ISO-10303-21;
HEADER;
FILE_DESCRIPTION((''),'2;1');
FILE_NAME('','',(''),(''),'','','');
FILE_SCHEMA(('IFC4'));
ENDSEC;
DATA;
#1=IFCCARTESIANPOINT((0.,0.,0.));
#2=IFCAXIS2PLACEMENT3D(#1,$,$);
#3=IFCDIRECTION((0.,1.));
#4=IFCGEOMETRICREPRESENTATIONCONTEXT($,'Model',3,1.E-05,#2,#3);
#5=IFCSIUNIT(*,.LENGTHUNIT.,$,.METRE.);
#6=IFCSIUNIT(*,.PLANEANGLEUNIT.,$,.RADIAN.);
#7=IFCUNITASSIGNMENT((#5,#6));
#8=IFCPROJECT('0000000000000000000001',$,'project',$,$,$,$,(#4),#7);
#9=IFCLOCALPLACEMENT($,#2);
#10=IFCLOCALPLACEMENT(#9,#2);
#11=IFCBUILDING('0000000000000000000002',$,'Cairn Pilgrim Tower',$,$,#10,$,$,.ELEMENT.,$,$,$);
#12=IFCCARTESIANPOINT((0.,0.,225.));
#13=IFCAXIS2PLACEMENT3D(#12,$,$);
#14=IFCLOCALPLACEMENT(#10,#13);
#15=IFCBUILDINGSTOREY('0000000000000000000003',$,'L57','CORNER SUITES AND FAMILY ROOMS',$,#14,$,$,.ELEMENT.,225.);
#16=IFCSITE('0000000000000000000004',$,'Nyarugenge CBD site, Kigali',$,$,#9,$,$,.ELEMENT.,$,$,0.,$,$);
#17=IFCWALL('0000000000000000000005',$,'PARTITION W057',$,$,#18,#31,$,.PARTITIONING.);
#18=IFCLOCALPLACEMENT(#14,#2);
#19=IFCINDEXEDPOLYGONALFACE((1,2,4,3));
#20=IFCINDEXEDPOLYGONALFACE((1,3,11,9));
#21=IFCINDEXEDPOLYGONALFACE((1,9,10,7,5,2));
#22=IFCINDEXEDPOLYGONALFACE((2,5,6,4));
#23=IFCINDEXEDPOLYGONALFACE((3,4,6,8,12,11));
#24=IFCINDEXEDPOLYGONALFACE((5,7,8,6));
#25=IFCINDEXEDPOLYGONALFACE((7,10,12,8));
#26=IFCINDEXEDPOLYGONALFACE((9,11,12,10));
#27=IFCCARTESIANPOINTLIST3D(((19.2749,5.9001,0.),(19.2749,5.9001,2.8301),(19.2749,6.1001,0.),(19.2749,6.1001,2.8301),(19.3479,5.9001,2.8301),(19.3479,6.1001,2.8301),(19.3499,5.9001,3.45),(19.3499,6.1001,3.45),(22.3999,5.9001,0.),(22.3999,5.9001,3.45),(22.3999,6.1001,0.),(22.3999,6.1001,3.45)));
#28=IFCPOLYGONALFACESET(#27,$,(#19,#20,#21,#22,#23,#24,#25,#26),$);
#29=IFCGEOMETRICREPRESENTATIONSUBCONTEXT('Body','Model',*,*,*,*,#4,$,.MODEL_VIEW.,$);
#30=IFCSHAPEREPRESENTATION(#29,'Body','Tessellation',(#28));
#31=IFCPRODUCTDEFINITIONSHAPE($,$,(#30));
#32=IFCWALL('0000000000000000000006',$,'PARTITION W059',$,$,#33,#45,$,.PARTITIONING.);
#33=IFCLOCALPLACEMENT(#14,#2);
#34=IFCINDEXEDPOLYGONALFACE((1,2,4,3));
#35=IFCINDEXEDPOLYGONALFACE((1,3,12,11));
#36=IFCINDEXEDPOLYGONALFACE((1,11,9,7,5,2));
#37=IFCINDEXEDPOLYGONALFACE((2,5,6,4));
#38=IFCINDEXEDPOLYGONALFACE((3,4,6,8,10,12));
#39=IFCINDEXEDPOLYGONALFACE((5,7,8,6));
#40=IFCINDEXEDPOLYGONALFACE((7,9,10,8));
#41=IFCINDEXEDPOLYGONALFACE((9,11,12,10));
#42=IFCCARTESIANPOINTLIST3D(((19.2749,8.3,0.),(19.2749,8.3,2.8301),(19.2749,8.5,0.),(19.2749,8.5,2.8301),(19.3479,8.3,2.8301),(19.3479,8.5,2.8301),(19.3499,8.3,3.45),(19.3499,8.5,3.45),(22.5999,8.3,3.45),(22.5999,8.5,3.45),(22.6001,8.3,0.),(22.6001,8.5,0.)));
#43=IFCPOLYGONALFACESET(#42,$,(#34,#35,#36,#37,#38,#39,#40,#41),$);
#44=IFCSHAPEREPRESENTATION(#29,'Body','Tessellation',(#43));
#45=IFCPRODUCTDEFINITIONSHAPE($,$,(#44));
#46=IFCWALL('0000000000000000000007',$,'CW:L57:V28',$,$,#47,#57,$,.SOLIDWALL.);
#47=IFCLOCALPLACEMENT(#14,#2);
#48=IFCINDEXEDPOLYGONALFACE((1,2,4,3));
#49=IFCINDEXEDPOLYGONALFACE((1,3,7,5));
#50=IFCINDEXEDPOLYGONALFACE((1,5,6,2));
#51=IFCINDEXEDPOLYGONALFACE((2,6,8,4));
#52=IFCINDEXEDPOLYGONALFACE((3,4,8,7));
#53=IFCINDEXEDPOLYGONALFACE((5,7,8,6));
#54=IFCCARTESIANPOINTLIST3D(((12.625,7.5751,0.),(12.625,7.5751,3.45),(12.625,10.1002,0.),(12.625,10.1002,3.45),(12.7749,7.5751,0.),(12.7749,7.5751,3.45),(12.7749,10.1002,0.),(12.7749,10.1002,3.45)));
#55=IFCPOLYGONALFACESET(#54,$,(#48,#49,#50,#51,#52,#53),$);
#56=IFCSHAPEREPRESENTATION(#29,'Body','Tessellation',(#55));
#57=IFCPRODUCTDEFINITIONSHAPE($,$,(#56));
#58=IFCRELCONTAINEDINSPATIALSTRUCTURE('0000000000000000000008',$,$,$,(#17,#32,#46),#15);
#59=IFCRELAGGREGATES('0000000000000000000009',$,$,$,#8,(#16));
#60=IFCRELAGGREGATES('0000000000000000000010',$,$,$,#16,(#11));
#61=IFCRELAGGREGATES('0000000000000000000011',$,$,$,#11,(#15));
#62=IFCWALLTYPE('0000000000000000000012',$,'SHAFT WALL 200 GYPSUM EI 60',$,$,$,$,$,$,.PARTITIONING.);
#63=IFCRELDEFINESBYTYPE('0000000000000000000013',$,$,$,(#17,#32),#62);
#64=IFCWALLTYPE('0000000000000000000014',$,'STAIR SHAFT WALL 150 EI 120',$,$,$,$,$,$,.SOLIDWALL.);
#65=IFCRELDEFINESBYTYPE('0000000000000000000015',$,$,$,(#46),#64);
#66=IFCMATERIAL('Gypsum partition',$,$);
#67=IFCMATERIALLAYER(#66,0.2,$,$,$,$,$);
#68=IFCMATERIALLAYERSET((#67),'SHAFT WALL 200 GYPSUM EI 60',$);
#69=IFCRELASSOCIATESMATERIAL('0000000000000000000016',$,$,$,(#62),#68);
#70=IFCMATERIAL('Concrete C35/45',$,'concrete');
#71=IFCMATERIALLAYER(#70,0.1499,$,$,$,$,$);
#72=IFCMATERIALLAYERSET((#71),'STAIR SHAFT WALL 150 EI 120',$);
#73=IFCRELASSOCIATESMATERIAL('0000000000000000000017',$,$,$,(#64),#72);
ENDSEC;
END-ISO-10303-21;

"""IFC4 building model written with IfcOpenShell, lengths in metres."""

from ifc_helpers import new_model, si_unit, direction, frame, frame_2d, origin, place, context, subcontext, project, spatial, polyline, rectangle, outline, extrude, material, layer, layer_set, type_object, element, save


model = new_model("IFC4")

# Units and contexts
model_context = context("Model", 3, precision=1e-05, world=origin(), true_north=direction((0.0, 1.0)))
body_context = subcontext(model_context, "Body", "Model", "MODEL_VIEW")
ifc_project = project(units=[si_unit("LENGTHUNIT", "METRE"), si_unit("PLANEANGLEUNIT", "RADIAN")], contexts=[model_context])

# Site, building, storey
site_placement = place(None, origin())
site = spatial("IfcSite", under=ifc_project, at=site_placement, Name="Nyarugenge CBD site, Kigali", CompositionType="ELEMENT", RefElevation=0.0)
building_placement = place(site_placement, origin())
building = spatial("IfcBuilding", under=site, at=building_placement, Name="Cairn Pilgrim Tower", CompositionType="ELEMENT")
storey_placement = place(building_placement, frame((0.0, 0.0, 225.0)))
storey = spatial("IfcBuildingStorey", under=building, at=storey_placement, Name="L57", Description="CORNER SUITES AND FAMILY ROOMS", CompositionType="ELEMENT", Elevation=225.0)

# Shared definitions
ifc_material_1 = material(Name="Gypsum partition")

# Walls
ifc_layer_1 = layer(ifc_material_1, 0.2)
ifc_layer_set_1 = layer_set([ifc_layer_1], Name="SHAFT WALL 200 GYPSUM EI 60")
wall_type_1 = type_object("IfcWallType", Name="SHAFT WALL 200 GYPSUM EI 60", PredefinedType="PARTITIONING", material=ifc_layer_set_1)
wall_1_placement = place(storey_placement, frame((19.2749, 6.0, 0.0), z_axis=(0.0, 0.0, 1.0), x_axis=(1.0, 0.0, 0.0)))
element("IfcWall", 1, at=wall_1_placement, inside=storey, type_object=wall_type_1, Name="PARTITION W057", PredefinedType="PARTITIONING", context=body_context, shape_type="SweptSolid", body=[
    extrude(outline(polyline([(0.0, 0.0), (3.125, 0.0), (3.125, 3.45), (0.075, 3.45), (0.073, 2.8301), (0.0, 2.8301), (0.0, 0.0)])), frame((0.0, 0.1001, 0.0), z_axis=(0.0, -1.0, 0.0), x_axis=(1.0, 0.0, 0.0)), (0.0, 0.0, 1.0), 0.2),
])
wall_2_placement = place(storey_placement, frame((19.2749, 8.3999, 0.0), z_axis=(0.0, 0.0, 1.0), x_axis=(1.0, 0.0, 0.0)))
element("IfcWall", 2, at=wall_2_placement, inside=storey, type_object=wall_type_1, Name="PARTITION W059", PredefinedType="PARTITIONING", context=body_context, shape_type="SweptSolid", body=[
    extrude(outline(polyline([(0.0, 0.0), (3.3252, 0.0), (3.325, 3.45), (0.075, 3.45), (0.073, 2.8301), (0.0, 2.8301), (0.0, 0.0)])), frame((0.0, 0.1001, 0.0), z_axis=(0.0, -1.0, 0.0), x_axis=(1.0, 0.0, 0.0)), (0.0, 0.0, 1.0), 0.2),
])
ifc_material_2 = material(Name="Concrete C35/45", Category="concrete")
ifc_layer_2 = layer(ifc_material_2, 0.1499)
ifc_layer_set_2 = layer_set([ifc_layer_2], Name="STAIR SHAFT WALL 150 EI 120")
wall_type_2 = type_object("IfcWallType", Name="STAIR SHAFT WALL 150 EI 120", PredefinedType="SOLIDWALL", material=ifc_layer_set_2)
wall_3_placement = place(storey_placement, frame((12.7, 7.575, 0.0), z_axis=(0.0, 0.0, 1.0), x_axis=(0.0, 1.0, 0.0)))
element("IfcWall", 3, at=wall_3_placement, inside=storey, type_object=wall_type_2, Name="CW:L57:V28", PredefinedType="SOLIDWALL", context=body_context, shape_type="SweptSolid", body=[
    extrude(rectangle(XDim=2.5251, YDim=0.1499, at=frame_2d((1.2627, 0.0))), origin(), (0.0, 0.0, 1.0), 3.45),
])

save(model, "model.ifc")
